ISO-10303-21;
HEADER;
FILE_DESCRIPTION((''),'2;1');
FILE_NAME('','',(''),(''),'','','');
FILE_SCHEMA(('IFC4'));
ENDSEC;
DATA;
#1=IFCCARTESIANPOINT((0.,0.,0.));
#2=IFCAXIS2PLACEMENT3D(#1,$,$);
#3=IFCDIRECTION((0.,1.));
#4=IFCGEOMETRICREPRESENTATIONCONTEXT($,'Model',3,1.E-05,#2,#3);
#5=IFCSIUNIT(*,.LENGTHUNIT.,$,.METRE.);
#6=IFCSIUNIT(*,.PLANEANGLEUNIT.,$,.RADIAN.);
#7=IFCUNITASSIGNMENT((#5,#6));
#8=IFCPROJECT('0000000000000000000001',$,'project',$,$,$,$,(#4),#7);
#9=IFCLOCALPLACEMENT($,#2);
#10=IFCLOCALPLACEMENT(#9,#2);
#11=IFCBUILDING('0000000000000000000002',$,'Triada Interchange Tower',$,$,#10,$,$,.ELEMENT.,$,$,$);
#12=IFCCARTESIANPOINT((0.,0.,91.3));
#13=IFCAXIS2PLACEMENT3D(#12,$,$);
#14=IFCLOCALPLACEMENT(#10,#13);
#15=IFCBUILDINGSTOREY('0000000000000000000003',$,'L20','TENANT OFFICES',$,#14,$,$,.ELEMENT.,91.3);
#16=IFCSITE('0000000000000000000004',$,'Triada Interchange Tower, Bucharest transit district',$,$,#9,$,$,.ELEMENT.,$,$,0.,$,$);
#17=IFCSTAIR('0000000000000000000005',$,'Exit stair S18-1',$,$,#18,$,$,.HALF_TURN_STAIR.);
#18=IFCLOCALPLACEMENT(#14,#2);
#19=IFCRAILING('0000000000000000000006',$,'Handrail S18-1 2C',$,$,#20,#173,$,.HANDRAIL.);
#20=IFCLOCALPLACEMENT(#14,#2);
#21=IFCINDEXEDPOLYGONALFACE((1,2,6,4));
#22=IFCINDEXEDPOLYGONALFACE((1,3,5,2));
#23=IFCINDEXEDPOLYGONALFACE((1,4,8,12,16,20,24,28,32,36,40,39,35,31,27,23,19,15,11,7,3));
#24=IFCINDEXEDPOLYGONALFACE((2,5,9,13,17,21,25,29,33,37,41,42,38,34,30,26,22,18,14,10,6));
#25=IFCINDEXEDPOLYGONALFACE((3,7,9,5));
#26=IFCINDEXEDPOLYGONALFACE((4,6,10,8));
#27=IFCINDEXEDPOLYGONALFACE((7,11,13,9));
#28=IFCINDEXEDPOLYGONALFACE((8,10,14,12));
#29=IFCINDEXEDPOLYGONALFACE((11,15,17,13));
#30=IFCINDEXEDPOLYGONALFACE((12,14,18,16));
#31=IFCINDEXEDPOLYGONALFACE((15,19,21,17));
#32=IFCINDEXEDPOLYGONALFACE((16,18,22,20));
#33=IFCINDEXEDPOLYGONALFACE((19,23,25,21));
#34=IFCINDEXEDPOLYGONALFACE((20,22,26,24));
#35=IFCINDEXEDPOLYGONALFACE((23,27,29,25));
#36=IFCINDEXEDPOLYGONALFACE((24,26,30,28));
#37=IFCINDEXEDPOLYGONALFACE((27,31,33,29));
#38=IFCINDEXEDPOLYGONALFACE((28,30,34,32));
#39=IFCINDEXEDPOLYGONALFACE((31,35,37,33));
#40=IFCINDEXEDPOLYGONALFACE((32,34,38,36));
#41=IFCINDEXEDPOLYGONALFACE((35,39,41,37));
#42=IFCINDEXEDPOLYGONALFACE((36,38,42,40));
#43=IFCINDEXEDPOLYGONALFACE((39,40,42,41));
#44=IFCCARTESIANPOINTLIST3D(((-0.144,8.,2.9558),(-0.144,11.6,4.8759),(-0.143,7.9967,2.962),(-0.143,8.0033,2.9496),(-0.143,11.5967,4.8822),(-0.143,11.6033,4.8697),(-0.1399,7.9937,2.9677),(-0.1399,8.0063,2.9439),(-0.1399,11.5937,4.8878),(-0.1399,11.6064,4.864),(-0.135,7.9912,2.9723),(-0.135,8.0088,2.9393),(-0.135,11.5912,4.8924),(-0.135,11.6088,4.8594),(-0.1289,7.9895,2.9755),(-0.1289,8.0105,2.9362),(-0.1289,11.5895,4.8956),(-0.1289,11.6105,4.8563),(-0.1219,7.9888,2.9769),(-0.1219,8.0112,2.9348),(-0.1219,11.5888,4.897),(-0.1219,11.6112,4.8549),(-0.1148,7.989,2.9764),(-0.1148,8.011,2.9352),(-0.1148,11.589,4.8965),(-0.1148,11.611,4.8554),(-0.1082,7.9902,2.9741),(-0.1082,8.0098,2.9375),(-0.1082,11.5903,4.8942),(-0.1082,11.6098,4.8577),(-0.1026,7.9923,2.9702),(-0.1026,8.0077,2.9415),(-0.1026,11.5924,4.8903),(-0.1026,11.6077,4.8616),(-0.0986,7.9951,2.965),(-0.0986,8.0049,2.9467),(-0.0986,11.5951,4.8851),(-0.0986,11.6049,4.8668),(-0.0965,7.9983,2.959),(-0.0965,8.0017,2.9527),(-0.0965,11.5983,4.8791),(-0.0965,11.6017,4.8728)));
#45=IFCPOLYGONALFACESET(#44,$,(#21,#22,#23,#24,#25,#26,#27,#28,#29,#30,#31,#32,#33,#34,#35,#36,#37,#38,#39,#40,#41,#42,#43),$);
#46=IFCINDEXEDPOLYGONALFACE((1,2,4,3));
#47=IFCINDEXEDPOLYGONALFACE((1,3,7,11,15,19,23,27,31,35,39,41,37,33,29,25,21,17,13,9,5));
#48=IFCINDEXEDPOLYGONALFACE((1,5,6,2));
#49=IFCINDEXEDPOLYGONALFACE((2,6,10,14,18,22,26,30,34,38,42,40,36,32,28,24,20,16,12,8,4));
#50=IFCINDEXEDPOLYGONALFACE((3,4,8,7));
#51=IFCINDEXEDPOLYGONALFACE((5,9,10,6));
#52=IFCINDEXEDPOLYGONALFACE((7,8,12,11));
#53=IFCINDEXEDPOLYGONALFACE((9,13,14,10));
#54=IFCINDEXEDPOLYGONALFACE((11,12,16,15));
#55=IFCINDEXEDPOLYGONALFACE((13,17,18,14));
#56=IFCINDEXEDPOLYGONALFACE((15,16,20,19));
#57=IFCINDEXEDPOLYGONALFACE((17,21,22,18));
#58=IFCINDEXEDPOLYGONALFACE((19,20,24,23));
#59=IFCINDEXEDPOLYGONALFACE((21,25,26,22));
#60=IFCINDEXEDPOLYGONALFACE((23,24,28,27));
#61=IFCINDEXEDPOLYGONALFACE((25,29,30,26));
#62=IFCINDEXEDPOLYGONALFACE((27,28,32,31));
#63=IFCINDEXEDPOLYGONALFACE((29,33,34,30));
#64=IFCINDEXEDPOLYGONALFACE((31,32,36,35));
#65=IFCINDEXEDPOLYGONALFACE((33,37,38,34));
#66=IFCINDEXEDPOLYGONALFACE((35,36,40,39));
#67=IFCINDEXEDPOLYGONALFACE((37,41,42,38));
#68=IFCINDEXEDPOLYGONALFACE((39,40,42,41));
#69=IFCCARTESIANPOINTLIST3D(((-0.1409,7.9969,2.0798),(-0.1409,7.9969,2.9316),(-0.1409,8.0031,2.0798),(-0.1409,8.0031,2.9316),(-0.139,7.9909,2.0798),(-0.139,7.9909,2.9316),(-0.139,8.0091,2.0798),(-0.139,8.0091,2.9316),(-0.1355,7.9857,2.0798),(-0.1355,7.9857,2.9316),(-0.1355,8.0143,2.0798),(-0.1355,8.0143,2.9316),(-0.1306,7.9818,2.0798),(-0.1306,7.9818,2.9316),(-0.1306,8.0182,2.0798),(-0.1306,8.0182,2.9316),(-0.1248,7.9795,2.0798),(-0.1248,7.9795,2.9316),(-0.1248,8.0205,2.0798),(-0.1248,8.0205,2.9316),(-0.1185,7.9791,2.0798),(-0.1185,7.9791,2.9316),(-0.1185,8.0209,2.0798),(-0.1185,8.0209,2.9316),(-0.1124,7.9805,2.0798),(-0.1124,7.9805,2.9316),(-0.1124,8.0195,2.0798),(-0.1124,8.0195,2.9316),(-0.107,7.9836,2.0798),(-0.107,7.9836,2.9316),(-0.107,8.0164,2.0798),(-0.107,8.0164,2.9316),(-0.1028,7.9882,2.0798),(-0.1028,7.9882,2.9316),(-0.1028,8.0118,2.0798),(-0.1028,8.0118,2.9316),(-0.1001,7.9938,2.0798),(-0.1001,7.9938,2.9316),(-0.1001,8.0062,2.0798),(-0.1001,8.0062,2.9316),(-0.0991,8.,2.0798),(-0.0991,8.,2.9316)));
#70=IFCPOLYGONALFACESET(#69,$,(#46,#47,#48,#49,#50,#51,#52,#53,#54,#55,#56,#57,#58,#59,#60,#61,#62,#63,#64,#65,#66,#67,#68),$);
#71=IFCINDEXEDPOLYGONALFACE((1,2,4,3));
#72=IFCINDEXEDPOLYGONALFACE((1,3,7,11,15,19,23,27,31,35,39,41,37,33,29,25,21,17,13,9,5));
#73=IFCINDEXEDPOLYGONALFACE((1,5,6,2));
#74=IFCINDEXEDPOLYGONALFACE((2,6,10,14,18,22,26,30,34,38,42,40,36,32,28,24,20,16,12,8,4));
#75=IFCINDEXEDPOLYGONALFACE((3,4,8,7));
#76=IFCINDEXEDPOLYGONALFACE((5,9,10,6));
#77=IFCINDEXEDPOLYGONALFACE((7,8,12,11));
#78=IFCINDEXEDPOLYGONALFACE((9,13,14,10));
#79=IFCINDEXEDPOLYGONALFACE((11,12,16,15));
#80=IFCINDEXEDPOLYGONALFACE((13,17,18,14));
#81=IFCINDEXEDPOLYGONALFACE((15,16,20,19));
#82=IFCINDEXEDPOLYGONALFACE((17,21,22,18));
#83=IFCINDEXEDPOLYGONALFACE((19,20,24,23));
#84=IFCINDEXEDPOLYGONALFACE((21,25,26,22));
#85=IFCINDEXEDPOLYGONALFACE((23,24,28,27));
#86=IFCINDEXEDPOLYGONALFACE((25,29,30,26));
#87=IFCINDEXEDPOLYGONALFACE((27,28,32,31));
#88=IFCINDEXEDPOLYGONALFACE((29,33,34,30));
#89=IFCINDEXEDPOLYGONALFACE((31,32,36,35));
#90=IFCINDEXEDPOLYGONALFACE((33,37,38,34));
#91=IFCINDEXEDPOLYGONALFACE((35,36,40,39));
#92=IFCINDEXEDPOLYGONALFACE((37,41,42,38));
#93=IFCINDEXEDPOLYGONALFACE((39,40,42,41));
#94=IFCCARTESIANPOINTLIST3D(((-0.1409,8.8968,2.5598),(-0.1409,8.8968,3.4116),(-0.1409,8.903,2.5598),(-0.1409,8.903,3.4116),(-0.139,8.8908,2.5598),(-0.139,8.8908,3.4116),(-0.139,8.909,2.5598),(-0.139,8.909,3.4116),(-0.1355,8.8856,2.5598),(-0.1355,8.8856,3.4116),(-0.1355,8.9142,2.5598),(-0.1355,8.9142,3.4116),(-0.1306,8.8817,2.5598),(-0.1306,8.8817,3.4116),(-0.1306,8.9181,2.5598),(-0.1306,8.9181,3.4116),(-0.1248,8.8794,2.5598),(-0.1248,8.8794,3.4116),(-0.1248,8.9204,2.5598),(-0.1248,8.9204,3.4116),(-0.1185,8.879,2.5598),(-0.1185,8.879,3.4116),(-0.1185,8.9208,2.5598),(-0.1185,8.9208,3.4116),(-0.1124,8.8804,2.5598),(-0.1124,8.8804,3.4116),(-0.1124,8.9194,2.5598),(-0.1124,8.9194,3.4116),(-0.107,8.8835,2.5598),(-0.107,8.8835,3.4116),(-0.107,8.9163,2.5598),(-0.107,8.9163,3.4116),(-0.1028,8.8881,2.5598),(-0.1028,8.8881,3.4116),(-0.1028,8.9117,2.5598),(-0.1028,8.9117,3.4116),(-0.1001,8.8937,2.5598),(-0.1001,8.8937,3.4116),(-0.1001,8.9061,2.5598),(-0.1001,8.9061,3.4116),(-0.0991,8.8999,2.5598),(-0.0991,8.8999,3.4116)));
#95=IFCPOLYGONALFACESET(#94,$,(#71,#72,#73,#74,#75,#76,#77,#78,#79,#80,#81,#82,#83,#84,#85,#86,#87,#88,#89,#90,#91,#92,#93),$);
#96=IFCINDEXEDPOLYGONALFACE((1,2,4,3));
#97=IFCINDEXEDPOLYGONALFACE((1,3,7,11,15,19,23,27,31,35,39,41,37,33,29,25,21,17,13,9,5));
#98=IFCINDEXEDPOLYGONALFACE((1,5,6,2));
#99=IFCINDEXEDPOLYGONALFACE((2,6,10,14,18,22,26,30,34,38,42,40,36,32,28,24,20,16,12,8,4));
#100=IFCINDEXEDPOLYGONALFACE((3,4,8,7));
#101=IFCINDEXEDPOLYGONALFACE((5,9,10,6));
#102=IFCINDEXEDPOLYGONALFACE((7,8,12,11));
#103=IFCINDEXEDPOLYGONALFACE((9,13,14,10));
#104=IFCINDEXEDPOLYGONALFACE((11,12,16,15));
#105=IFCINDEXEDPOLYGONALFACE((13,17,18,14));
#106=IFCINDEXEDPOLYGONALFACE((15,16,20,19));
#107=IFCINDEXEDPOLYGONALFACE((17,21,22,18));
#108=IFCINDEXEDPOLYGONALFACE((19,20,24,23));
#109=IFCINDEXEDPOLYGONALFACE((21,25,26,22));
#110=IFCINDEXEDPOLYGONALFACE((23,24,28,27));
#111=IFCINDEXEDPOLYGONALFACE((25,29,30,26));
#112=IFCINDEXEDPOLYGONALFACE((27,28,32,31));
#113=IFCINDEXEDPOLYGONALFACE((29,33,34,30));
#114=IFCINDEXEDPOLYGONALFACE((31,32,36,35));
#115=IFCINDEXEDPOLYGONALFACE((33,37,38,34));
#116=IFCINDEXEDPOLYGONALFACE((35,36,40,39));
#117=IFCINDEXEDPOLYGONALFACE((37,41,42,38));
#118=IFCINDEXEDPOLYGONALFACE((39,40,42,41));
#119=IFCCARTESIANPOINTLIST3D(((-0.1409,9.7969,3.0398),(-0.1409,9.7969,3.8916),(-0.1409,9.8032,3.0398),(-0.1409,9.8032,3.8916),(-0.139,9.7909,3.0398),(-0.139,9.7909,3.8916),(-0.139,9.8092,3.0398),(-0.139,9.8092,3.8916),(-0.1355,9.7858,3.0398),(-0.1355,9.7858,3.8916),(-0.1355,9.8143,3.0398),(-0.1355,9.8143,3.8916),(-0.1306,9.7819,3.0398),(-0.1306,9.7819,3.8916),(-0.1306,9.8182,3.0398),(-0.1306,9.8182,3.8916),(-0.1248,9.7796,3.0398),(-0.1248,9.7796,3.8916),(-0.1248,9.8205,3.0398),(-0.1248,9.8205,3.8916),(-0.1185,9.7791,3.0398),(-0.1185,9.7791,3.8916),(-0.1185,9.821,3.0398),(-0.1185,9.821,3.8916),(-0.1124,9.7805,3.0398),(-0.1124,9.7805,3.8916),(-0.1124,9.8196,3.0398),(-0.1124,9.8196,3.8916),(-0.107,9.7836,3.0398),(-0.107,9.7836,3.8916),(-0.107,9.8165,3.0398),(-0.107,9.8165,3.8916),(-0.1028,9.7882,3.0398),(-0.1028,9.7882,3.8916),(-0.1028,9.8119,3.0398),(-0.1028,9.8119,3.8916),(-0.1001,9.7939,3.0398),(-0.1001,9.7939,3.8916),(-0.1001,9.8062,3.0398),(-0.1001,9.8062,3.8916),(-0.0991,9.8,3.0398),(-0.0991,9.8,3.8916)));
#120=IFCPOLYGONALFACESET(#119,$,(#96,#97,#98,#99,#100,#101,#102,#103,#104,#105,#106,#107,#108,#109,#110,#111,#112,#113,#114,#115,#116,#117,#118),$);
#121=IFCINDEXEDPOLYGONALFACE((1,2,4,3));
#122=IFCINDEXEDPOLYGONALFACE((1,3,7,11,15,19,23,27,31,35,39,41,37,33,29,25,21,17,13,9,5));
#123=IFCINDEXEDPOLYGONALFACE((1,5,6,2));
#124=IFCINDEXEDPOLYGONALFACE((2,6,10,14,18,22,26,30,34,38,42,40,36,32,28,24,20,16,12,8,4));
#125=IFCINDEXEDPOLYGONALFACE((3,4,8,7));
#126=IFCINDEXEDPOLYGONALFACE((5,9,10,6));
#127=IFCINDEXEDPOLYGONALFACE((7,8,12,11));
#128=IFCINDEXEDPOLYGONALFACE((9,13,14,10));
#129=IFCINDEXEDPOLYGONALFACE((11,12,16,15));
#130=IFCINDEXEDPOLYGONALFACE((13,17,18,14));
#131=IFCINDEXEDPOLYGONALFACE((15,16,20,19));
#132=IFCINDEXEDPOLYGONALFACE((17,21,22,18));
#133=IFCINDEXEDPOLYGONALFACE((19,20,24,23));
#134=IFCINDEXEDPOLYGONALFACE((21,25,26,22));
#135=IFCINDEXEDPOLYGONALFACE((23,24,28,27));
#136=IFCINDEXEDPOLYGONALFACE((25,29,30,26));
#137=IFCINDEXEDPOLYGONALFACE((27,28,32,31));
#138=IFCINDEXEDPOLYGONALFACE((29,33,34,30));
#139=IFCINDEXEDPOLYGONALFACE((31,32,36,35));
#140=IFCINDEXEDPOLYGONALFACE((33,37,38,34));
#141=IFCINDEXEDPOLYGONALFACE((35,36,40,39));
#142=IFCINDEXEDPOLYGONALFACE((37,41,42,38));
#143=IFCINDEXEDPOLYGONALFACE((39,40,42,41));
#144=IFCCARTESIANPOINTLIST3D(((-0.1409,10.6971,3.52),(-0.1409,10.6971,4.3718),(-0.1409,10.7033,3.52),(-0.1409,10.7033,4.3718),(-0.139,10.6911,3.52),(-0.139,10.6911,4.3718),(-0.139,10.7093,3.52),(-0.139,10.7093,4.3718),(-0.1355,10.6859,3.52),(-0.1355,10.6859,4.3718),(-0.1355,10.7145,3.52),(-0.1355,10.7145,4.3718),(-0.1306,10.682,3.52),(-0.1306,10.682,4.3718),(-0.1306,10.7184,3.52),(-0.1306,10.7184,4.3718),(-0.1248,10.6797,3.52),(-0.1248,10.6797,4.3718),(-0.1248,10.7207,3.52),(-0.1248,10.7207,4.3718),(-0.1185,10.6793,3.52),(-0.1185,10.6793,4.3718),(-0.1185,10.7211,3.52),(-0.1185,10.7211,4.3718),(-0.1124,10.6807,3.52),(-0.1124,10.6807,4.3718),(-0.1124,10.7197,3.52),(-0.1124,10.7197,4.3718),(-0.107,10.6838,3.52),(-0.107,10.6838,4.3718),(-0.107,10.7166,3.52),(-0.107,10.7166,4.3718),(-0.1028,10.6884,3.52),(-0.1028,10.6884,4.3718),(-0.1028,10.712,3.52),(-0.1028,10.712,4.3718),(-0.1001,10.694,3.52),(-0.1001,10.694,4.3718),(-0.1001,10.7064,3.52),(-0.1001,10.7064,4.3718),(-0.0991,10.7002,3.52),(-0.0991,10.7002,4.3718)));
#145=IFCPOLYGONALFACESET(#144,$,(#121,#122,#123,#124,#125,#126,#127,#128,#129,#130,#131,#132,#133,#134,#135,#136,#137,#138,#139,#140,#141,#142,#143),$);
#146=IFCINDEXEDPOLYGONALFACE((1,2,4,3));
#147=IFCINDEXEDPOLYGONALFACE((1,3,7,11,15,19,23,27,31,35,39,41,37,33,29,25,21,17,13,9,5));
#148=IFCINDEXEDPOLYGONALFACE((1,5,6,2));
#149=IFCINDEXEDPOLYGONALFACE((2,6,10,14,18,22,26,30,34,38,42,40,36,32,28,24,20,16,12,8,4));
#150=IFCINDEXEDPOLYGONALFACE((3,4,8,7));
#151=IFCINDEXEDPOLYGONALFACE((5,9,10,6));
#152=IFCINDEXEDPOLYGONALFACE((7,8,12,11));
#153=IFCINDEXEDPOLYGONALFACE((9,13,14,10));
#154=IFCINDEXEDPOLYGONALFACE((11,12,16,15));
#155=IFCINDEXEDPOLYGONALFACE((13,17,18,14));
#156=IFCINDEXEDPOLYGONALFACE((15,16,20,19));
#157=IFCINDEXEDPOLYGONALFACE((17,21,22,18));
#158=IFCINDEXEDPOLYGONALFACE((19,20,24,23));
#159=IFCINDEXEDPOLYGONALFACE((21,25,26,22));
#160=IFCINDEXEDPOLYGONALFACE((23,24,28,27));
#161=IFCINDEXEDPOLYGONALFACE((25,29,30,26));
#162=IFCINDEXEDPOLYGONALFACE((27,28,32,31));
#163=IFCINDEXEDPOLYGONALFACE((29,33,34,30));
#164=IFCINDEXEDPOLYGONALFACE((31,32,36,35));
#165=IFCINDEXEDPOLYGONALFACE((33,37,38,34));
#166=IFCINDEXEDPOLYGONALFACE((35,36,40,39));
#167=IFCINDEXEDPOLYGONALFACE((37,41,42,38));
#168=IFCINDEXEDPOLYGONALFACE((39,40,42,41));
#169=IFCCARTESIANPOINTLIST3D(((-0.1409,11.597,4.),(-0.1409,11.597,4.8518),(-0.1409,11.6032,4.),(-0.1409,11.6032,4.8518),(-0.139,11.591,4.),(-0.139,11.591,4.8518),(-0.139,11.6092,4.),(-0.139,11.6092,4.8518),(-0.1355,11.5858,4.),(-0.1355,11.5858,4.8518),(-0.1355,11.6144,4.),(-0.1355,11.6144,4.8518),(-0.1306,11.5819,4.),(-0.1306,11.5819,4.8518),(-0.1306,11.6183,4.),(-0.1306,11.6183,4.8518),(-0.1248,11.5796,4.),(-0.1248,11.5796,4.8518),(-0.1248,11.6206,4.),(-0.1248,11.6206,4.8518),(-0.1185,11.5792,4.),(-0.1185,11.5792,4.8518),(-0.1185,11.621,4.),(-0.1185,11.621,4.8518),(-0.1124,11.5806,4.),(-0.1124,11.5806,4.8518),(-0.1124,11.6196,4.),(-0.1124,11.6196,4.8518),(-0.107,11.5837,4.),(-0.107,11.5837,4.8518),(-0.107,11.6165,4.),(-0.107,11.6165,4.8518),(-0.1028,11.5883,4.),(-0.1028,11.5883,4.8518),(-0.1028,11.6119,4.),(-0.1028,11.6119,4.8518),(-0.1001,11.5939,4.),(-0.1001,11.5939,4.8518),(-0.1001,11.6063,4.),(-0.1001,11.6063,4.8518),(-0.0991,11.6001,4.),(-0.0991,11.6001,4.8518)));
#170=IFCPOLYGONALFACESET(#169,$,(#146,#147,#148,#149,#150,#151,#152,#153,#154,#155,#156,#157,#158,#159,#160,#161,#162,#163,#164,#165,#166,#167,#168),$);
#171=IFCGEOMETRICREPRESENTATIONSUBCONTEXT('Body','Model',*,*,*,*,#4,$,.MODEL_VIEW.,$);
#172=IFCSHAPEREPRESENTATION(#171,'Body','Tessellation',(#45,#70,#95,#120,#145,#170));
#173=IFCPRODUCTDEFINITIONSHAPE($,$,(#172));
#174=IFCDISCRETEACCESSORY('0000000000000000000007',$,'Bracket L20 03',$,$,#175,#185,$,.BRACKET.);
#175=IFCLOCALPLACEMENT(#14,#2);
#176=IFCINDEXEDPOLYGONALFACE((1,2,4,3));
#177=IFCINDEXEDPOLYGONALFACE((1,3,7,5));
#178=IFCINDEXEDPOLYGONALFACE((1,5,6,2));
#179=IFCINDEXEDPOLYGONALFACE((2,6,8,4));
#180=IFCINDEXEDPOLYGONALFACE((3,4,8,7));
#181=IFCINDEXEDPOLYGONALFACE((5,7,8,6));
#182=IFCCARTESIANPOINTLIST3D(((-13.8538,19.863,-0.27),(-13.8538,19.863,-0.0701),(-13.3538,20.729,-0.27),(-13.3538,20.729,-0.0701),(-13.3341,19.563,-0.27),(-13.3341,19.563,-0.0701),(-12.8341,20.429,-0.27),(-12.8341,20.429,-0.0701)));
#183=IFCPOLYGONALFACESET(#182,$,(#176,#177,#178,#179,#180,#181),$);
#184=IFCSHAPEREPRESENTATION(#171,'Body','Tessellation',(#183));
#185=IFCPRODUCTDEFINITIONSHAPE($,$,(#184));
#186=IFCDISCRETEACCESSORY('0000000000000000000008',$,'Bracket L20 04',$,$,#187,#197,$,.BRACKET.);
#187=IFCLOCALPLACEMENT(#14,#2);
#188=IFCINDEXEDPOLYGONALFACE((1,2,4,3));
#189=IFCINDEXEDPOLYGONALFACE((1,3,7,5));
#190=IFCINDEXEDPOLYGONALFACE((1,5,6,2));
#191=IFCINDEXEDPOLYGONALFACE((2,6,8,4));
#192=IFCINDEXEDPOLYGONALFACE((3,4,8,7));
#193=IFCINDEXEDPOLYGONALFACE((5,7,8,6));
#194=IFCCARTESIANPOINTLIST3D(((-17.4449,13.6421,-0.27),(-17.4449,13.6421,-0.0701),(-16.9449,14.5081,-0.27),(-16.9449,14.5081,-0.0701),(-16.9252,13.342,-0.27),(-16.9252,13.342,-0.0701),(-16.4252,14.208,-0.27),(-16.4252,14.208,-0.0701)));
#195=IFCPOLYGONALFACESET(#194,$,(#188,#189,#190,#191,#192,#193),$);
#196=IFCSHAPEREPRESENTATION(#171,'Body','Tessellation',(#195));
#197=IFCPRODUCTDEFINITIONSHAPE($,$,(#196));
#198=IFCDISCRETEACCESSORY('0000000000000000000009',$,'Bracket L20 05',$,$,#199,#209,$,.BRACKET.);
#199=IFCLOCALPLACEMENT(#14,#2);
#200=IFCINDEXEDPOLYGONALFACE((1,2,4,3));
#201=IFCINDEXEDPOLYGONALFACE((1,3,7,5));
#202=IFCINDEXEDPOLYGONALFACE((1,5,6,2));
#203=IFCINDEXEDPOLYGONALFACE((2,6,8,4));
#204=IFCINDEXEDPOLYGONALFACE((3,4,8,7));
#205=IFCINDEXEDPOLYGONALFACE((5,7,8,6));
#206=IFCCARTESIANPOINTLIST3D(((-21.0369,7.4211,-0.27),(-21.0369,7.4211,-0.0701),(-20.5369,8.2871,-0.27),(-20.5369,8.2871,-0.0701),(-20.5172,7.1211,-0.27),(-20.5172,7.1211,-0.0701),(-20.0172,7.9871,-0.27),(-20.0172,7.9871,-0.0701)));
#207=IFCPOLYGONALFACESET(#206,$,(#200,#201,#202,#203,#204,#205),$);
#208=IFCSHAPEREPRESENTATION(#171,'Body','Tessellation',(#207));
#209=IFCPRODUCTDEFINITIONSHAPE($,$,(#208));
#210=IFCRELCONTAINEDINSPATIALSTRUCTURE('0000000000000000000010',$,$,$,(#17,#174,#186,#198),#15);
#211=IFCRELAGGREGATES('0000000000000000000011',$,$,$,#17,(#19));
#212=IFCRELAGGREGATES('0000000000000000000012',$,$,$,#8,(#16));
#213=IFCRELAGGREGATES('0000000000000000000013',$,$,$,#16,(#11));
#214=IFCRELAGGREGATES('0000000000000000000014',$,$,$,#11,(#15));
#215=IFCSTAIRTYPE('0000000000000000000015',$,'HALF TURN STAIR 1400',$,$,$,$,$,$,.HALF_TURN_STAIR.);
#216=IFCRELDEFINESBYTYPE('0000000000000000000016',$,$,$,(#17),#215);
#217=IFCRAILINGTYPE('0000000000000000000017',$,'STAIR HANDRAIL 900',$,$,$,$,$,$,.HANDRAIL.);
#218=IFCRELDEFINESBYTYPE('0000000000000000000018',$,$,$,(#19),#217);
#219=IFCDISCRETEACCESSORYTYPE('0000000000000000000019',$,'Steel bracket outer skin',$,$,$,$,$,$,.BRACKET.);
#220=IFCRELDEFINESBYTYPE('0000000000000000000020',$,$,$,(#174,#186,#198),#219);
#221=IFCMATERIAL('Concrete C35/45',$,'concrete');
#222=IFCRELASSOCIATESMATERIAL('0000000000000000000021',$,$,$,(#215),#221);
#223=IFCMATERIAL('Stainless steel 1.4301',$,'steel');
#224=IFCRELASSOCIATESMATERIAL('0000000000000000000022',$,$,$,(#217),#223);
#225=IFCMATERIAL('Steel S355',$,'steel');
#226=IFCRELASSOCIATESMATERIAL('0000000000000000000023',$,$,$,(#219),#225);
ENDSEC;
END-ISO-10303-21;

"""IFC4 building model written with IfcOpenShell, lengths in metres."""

from ifc_helpers import new_model, si_unit, direction, frame, origin, origin_2d, place, context, subcontext, project, spatial, rectangle, circle, extrude, material, type_object, element, aggregate, save


model = new_model("IFC4")

# Units and contexts
model_context = context("Model", 3, precision=1e-05, world=origin(), true_north=direction((0.0, 1.0)))
body_context = subcontext(model_context, "Body", "Model", "MODEL_VIEW")
ifc_project = project(units=[si_unit("LENGTHUNIT", "METRE"), si_unit("PLANEANGLEUNIT", "RADIAN")], contexts=[model_context])

# Site, building, storey
site_placement = place(None, origin())
site = spatial("IfcSite", under=ifc_project, at=site_placement, Name="Triada Interchange Tower, Bucharest transit district", CompositionType="ELEMENT", RefElevation=0.0)
building_placement = place(site_placement, origin())
building = spatial("IfcBuilding", under=site, at=building_placement, Name="Triada Interchange Tower", CompositionType="ELEMENT")
storey_placement = place(building_placement, frame((0.0, 0.0, 91.3)))
storey = spatial("IfcBuildingStorey", under=building, at=storey_placement, Name="L20", Description="TENANT OFFICES", CompositionType="ELEMENT", Elevation=91.3)

# Stair
ifc_material_1 = material(Name="Concrete C35/45", Category="concrete")
stair_type = type_object("IfcStairType", Name="HALF TURN STAIR 1400", PredefinedType="HALF_TURN_STAIR", material=ifc_material_1)
stair_placement = place(storey_placement, origin())
stair = element("IfcStair", 1, at=stair_placement, inside=storey, type_object=stair_type, Name="Exit stair S18-1", PredefinedType="HALF_TURN_STAIR")

# Railing
ifc_material_2 = material(Name="Stainless steel 1.4301", Category="steel")
railing_type = type_object("IfcRailingType", Name="STAIR HANDRAIL 900", PredefinedType="HANDRAIL", material=ifc_material_2)
railing_1_placement = place(storey_placement, frame((-0.1201, 8.0, 2.0798)))
railing_1 = element("IfcRailing", 2, at=railing_1_placement, type_object=railing_type, Name="Handrail S18-1 2C", PredefinedType="HANDRAIL", context=body_context, shape_type="SweptSolid", body=[
    extrude(circle(Radius=0.0239, at=origin_2d()), frame((0.0, 0.0, 0.876), z_axis=(0.0, 0.882341, 0.47061), x_axis=(-1.0, 0.0, 0.0)), (0.0, 0.0, 1.0), 4.0801),
    extrude(circle(Radius=0.021, at=origin_2d()), origin(), (0.0, 0.0, 1.0), 0.8518),
    extrude(circle(Radius=0.021, at=origin_2d()), frame((0.0, 0.8999, 0.48)), (0.0, 0.0, 1.0), 0.8518),
    extrude(circle(Radius=0.021, at=origin_2d()), frame((0.0, 1.8, 0.96)), (0.0, 0.0, 1.0), 0.8518),
    extrude(circle(Radius=0.021, at=origin_2d()), frame((0.0, 2.7002, 1.4402)), (0.0, 0.0, 1.0), 0.8518),
    extrude(circle(Radius=0.021, at=origin_2d()), frame((0.0, 3.6001, 1.9202)), (0.0, 0.0, 1.0), 0.8518),
])
aggregate(stair, [railing_1])

# Discrete accessories
ifc_material_3 = material(Name="Steel S355", Category="steel")
discrete_accessory_type = type_object("IfcDiscreteAccessoryType", Name="Steel bracket outer skin", PredefinedType="BRACKET", material=ifc_material_3)
for number, where, z_axis, x_axis, name in (
    (3, (-13.344, 20.146, -0.27), (0.0, 0.0, 1.0), (-0.866025, 0.5, 0.0), "Bracket L20 03"),
    (4, (-16.9351, 13.925, -0.27), (0.0, 0.0, 1.0), (-0.866025, 0.5, 0.0), "Bracket L20 04"),
    (5, (-20.5271, 7.7041, -0.27), (0.0, 0.0, 1.0), (-0.866025, 0.5, 0.0), "Bracket L20 05"),
):
    element("IfcDiscreteAccessory", number, at=place(storey_placement, frame(where, z_axis=z_axis, x_axis=x_axis)), inside=storey, type_object=discrete_accessory_type, Name=name, PredefinedType="BRACKET", context=body_context, shape_type="SweptSolid", body=[
        extrude(rectangle(XDim=0.6001, YDim=1.0, at=origin_2d()), origin(), (0.0, 0.0, 1.0), 0.2),
    ])

save(model, "model.ifc")
